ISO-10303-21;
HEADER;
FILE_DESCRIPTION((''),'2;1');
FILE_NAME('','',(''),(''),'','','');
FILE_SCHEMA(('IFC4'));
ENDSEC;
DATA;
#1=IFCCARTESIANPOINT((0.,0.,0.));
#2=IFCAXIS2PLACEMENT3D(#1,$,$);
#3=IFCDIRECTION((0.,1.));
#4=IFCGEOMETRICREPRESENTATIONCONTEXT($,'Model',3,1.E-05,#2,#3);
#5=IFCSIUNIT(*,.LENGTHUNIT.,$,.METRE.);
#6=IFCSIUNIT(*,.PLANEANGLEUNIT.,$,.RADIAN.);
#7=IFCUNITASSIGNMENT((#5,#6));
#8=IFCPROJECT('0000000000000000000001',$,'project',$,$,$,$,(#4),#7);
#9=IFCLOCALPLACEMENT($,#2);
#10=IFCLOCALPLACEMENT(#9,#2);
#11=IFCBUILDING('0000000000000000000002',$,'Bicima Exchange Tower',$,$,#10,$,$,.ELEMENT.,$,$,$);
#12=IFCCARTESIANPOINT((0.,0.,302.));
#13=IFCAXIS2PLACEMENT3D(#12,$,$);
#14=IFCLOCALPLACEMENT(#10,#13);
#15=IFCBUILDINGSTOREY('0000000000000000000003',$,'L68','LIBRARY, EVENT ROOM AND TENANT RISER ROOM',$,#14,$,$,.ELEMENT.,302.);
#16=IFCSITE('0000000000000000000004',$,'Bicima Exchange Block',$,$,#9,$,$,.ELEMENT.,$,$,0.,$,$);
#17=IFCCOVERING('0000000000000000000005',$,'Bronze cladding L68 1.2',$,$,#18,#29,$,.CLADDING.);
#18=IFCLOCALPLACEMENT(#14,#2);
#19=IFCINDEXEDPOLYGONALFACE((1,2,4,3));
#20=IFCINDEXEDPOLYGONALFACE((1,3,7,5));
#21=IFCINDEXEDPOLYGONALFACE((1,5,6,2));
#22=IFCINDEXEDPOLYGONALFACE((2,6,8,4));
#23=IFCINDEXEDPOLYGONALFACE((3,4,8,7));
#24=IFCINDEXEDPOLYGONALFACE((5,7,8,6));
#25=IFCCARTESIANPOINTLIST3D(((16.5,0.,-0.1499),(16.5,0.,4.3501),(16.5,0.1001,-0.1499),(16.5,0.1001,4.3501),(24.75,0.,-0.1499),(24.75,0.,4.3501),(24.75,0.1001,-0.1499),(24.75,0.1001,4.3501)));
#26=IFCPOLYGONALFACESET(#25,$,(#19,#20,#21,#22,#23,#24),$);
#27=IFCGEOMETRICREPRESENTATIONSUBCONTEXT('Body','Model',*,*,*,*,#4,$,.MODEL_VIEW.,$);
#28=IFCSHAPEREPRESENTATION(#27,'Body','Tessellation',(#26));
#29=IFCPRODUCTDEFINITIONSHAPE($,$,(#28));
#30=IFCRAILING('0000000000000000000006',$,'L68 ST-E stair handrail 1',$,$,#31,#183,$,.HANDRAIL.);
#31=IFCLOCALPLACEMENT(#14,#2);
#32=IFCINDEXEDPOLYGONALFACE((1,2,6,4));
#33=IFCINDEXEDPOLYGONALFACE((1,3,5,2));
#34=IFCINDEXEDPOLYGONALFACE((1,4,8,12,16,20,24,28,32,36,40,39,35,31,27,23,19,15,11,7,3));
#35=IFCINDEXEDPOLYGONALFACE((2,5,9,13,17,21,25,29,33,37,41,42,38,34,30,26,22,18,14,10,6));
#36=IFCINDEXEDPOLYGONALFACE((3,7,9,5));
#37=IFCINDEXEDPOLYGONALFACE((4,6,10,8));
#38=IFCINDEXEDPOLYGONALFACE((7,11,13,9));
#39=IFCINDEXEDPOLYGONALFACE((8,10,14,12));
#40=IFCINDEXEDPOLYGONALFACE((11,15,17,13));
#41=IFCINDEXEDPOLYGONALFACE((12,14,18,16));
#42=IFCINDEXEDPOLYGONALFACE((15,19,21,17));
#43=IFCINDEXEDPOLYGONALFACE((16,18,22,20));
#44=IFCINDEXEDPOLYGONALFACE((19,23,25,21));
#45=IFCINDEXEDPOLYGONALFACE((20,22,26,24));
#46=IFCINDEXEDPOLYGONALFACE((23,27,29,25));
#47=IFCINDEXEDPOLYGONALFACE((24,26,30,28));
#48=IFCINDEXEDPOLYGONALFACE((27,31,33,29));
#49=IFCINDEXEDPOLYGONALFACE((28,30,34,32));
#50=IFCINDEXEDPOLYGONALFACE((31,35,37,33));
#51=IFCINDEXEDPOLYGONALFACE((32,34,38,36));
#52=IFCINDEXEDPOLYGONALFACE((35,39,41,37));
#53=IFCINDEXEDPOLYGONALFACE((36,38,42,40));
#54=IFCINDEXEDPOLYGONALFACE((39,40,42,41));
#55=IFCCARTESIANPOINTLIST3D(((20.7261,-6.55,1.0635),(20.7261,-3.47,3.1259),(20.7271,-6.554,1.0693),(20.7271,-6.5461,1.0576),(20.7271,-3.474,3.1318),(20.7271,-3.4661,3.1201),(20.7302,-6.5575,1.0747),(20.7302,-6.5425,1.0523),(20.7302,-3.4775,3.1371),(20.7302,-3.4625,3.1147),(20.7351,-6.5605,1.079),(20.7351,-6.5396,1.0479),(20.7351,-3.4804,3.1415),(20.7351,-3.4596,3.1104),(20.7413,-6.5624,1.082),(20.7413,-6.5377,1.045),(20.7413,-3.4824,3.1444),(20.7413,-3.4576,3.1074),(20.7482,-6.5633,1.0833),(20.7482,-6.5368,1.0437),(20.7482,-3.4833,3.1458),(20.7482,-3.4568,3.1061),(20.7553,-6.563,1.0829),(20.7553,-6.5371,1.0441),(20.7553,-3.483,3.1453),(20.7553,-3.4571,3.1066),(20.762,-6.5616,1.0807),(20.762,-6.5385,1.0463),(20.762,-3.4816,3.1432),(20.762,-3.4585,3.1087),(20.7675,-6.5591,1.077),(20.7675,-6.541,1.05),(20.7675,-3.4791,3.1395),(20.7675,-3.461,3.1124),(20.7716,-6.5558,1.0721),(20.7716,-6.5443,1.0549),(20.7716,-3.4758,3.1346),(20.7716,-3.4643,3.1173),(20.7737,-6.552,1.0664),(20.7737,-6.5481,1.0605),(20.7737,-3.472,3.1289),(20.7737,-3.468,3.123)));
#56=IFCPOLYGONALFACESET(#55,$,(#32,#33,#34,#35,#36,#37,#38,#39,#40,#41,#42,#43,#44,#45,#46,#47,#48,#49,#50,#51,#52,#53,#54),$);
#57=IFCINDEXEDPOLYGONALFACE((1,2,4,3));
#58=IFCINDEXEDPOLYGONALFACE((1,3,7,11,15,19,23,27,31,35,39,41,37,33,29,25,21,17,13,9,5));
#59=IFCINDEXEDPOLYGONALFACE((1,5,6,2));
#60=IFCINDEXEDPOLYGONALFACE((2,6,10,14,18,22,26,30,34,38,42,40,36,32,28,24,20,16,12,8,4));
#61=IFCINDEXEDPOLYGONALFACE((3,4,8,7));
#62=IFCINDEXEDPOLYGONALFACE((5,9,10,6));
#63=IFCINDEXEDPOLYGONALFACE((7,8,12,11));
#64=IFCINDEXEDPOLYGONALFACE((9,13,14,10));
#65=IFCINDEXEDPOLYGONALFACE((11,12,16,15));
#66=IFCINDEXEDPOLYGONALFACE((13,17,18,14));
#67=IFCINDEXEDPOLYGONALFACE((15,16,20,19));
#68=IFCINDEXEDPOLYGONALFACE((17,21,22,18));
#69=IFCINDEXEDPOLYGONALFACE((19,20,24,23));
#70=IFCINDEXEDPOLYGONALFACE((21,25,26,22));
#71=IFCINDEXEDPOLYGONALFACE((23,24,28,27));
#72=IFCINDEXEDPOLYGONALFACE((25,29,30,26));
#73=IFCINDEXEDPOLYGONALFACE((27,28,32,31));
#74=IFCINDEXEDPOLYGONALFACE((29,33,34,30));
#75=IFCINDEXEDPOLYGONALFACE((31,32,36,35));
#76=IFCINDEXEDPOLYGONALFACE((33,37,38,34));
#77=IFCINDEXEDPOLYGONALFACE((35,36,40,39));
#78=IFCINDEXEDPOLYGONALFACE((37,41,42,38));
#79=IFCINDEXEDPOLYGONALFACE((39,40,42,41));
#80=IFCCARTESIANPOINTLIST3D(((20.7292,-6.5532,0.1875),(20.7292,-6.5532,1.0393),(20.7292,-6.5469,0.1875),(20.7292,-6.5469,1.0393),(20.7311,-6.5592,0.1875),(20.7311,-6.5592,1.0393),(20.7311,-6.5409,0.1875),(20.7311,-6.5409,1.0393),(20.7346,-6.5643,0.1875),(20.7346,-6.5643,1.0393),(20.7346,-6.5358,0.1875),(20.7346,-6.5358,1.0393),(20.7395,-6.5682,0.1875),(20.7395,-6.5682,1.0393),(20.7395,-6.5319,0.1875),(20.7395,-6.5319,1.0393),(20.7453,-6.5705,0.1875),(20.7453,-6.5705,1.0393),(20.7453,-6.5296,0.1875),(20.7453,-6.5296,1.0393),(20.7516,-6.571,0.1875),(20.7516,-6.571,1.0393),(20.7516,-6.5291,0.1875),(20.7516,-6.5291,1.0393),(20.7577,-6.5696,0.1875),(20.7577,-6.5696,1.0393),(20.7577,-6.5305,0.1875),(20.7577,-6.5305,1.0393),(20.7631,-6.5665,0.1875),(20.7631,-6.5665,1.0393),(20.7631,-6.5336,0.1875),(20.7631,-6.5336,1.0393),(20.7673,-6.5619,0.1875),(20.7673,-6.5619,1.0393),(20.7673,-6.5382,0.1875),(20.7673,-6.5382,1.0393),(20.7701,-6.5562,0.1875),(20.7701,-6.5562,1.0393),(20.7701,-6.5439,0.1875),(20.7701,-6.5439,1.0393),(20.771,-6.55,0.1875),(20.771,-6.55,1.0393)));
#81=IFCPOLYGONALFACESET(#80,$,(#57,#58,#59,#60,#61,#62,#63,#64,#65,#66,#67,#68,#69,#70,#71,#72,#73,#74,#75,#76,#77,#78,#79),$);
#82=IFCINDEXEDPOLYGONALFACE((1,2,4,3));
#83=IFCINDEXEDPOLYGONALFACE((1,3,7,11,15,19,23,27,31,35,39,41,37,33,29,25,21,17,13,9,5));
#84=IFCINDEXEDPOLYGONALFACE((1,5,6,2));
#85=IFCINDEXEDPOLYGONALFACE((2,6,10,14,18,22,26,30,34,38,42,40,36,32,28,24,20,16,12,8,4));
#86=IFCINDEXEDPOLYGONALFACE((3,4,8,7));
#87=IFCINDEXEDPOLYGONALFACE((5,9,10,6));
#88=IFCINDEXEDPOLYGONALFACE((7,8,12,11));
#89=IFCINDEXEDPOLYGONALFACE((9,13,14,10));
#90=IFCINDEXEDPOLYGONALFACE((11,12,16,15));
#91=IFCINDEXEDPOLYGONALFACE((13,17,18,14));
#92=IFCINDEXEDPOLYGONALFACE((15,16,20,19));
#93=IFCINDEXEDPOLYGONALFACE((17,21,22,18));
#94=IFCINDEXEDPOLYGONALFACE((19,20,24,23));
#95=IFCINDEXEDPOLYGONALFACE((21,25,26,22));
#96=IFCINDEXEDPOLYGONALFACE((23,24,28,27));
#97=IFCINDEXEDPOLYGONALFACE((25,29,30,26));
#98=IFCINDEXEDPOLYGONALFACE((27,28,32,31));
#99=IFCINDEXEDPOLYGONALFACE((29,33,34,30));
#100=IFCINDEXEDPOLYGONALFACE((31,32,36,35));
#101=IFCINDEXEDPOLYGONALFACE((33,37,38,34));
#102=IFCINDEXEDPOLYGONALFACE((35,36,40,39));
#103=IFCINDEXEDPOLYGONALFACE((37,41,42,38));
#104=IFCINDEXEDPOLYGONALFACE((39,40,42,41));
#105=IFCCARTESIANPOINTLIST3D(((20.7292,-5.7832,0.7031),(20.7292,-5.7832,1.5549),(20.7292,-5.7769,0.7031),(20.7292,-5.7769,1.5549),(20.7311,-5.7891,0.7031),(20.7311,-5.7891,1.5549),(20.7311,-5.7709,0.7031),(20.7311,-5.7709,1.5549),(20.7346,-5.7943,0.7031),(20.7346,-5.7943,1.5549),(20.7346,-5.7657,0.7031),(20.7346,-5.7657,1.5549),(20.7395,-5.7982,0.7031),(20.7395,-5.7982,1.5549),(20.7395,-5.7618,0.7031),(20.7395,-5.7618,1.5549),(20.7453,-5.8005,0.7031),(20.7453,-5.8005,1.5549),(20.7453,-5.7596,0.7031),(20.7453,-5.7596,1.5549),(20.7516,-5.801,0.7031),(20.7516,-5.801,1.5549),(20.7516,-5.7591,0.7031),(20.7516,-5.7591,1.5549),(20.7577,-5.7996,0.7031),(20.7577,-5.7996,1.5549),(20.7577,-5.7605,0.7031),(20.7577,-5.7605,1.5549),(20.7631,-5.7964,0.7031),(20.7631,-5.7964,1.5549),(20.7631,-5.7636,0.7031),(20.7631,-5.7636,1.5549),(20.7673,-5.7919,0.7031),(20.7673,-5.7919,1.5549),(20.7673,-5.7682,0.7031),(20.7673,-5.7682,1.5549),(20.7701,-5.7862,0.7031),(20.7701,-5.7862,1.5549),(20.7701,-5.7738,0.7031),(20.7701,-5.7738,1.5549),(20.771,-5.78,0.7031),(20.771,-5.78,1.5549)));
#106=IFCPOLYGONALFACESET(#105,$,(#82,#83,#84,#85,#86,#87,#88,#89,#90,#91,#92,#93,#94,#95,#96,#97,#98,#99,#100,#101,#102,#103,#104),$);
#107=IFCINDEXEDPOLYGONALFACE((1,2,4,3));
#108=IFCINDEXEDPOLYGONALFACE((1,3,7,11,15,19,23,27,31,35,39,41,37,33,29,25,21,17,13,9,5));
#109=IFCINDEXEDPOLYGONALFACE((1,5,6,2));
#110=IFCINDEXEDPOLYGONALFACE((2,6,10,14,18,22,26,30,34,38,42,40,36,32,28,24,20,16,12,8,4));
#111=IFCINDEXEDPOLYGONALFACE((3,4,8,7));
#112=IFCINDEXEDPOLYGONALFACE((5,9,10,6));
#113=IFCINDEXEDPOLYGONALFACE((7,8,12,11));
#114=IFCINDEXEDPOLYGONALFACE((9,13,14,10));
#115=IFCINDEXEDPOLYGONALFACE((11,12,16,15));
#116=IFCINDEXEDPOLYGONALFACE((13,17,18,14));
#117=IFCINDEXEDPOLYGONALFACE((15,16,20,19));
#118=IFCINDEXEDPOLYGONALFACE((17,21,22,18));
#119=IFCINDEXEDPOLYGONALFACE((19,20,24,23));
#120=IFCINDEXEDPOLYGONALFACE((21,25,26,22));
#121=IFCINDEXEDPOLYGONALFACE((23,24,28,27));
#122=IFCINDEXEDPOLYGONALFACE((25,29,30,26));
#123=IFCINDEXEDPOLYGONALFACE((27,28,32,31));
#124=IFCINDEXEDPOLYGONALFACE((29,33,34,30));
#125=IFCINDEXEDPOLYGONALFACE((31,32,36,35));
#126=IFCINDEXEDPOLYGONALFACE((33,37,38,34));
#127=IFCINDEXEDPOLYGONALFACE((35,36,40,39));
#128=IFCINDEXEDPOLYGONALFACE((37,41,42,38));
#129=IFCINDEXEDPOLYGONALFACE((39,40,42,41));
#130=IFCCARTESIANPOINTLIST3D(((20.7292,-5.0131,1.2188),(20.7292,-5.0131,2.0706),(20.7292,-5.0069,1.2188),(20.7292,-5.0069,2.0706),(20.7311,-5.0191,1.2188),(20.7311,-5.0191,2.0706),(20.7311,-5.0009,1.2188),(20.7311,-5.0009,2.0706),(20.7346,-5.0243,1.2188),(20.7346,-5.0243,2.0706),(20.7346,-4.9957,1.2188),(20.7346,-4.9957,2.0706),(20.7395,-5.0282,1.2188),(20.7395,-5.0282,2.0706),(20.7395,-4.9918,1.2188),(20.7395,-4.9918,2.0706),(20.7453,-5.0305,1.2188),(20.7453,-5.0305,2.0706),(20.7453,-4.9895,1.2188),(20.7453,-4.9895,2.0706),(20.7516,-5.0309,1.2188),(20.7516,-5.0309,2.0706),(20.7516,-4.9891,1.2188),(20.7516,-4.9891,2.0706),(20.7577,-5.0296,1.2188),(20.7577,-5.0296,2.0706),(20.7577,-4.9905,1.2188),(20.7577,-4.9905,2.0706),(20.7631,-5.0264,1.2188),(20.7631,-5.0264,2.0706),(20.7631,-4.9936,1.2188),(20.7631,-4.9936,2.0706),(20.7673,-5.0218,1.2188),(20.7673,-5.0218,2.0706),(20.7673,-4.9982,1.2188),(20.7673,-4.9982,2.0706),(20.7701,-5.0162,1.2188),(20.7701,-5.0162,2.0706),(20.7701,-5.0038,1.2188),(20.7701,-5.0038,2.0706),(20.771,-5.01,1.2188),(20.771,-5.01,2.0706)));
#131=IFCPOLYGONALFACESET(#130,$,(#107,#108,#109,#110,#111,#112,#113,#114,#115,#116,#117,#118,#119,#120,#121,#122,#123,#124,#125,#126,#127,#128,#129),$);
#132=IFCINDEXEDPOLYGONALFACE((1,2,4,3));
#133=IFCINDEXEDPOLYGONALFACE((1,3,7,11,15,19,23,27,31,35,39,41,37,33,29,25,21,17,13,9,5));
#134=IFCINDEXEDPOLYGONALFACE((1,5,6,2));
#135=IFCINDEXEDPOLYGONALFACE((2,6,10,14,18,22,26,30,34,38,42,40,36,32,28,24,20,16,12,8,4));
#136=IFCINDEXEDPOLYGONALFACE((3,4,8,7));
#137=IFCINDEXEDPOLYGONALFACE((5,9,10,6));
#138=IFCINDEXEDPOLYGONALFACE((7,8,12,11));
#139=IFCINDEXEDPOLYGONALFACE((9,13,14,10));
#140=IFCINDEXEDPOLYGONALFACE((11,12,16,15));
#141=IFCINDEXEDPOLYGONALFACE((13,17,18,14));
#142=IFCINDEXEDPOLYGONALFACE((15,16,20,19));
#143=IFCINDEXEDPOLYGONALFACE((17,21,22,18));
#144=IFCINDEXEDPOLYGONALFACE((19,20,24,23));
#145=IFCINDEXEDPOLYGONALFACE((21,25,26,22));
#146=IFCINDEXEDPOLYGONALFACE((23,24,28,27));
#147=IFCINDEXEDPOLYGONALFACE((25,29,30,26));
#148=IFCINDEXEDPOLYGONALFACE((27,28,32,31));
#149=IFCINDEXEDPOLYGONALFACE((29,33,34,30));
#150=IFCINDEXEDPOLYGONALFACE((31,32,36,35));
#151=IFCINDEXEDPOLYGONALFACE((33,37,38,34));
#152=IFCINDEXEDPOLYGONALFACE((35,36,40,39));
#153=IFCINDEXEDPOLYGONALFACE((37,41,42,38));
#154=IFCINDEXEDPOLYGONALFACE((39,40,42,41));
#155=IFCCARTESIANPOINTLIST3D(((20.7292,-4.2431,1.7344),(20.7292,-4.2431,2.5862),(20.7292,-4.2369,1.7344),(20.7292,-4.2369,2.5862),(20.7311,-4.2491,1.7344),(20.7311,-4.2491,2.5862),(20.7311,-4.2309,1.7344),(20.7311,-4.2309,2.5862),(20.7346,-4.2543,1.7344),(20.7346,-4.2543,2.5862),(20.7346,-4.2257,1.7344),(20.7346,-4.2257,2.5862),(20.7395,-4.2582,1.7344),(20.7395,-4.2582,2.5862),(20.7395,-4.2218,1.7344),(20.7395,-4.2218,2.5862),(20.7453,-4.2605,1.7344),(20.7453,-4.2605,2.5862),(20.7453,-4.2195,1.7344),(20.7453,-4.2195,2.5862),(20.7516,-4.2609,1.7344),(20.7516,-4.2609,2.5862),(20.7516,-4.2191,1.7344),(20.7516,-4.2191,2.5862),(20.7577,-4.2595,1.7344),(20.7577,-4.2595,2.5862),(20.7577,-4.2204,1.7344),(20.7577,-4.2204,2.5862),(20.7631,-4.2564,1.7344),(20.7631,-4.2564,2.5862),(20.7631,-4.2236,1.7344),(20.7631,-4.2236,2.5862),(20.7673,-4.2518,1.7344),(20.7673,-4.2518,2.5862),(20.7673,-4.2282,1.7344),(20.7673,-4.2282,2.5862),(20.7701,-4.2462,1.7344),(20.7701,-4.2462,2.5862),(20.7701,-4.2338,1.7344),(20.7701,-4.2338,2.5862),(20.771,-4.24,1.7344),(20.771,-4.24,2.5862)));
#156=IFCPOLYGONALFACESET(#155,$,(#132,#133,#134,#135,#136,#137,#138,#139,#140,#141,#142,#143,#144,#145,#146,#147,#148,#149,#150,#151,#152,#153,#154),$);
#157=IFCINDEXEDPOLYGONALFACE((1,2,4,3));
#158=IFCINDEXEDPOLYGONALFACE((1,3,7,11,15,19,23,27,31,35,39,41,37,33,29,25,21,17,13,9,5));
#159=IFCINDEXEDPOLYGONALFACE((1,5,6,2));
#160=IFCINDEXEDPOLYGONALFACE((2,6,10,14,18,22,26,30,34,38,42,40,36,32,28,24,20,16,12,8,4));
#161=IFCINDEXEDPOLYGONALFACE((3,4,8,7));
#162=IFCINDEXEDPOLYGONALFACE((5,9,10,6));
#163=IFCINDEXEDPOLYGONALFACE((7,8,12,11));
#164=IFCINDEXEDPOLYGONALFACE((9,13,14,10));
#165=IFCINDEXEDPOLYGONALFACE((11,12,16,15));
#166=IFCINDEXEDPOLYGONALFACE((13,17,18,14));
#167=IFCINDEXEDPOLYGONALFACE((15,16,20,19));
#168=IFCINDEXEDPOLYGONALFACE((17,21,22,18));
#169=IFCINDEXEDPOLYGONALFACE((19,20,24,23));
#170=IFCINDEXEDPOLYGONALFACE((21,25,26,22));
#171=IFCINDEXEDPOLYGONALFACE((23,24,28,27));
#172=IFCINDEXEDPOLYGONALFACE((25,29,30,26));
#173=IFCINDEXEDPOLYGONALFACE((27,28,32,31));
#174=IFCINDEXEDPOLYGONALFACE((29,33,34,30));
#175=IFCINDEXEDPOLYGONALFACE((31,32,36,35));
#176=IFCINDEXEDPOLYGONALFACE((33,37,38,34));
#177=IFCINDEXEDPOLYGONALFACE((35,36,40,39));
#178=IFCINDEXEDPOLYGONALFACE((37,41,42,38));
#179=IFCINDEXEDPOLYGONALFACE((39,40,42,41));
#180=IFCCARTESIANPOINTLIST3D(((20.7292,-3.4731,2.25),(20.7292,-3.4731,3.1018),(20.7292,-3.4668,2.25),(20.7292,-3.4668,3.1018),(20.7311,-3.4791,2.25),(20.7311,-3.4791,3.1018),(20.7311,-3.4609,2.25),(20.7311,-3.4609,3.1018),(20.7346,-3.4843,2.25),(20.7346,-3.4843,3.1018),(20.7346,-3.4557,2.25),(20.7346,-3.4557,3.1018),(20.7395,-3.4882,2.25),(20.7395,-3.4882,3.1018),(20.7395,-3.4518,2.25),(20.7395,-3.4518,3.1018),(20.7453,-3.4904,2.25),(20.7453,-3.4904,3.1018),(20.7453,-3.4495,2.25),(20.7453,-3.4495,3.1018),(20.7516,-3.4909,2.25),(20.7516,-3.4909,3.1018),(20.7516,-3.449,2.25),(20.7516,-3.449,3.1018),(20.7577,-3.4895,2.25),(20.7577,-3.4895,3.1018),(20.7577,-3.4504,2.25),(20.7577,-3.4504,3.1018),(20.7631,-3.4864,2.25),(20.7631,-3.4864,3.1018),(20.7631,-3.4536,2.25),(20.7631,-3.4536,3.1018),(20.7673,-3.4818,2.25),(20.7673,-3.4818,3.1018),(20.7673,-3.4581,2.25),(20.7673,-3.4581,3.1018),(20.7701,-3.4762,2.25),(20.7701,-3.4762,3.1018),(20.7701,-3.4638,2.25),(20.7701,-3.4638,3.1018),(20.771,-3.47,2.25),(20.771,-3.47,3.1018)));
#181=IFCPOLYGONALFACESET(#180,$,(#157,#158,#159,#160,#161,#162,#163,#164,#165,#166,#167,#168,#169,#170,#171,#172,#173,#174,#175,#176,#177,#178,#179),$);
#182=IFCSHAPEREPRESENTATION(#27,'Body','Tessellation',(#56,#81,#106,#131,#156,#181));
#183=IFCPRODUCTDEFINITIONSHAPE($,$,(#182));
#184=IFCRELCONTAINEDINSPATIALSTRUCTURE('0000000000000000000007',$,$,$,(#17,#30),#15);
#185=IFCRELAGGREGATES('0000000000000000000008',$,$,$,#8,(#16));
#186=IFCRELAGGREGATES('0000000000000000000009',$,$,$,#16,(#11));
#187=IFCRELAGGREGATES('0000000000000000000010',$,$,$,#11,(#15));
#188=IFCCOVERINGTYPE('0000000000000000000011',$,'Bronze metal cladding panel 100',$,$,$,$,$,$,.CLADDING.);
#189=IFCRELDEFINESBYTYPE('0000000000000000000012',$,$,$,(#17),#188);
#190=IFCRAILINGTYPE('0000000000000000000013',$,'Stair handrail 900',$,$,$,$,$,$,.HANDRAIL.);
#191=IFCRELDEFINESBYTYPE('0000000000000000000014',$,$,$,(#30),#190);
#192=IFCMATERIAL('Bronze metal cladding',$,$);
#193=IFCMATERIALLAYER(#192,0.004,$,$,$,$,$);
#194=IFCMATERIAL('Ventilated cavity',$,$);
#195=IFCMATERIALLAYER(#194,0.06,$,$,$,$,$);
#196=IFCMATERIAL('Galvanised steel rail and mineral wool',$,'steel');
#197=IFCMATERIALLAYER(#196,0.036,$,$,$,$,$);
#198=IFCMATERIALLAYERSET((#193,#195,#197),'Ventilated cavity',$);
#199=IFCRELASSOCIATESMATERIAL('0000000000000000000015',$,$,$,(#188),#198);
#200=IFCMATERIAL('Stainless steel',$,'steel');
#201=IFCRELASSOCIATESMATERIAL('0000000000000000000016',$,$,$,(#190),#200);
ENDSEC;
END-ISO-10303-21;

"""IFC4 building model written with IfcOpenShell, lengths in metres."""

from ifc_helpers import new_model, si_unit, direction, frame, origin, origin_2d, place, context, subcontext, project, spatial, rectangle, circle, extrude, material, layer, layer_set, type_object, element, save


model = new_model("IFC4")

# Units and contexts
model_context = context("Model", 3, precision=1e-05, world=origin(), true_north=direction((0.0, 1.0)))
body_context = subcontext(model_context, "Body", "Model", "MODEL_VIEW")
ifc_project = project(units=[si_unit("LENGTHUNIT", "METRE"), si_unit("PLANEANGLEUNIT", "RADIAN")], contexts=[model_context])

# Site, building, storey
site_placement = place(None, origin())
site = spatial("IfcSite", under=ifc_project, at=site_placement, Name="Bicima Exchange Block", CompositionType="ELEMENT", RefElevation=0.0)
building_placement = place(site_placement, origin())
building = spatial("IfcBuilding", under=site, at=building_placement, Name="Bicima Exchange Tower", CompositionType="ELEMENT")
storey_placement = place(building_placement, frame((0.0, 0.0, 302.0)))
storey = spatial("IfcBuildingStorey", under=building, at=storey_placement, Name="L68", Description="LIBRARY, EVENT ROOM AND TENANT RISER ROOM", CompositionType="ELEMENT", Elevation=302.0)

# Covering
ifc_material_1 = material(Name="Bronze metal cladding")
ifc_layer_1 = layer(ifc_material_1, 0.004)
ifc_material_2 = material(Name="Ventilated cavity")
ifc_layer_2 = layer(ifc_material_2, 0.06)
ifc_material_3 = material(Name="Galvanised steel rail and mineral wool", Category="steel")
ifc_layer_3 = layer(ifc_material_3, 0.036)
ifc_layer_set_1 = layer_set([ifc_layer_1, ifc_layer_2, ifc_layer_3], Name="Ventilated cavity")
covering_type = type_object("IfcCoveringType", Name="Bronze metal cladding panel 100", PredefinedType="CLADDING", material=ifc_layer_set_1)
for number, where, z_axis, x_axis, name in (
    (1, (20.625, 0.05, -0.1499), (0.0, 0.0, 1.0), (-1.0, 0.0, 0.0), "Bronze cladding L68 1.2"),
):
    element("IfcCovering", number, at=place(storey_placement, frame(where, z_axis=z_axis, x_axis=x_axis)), inside=storey, type_object=covering_type, Name=name, PredefinedType="CLADDING", context=body_context, shape_type="SweptSolid", body=[
        extrude(rectangle(XDim=8.25, YDim=0.1001, at=origin_2d()), origin(), (0.0, 0.0, 1.0), 4.5),
    ])

# Railing
ifc_material_4 = material(Name="Stainless steel", Category="steel")
railing_type_1 = type_object("IfcRailingType", Name="Stair handrail 900", PredefinedType="HANDRAIL", material=ifc_material_4)
railing_1_placement = place(storey_placement, frame((20.75, -6.55, 0.1875)))
element("IfcRailing", 2, at=railing_1_placement, inside=storey, type_object=railing_type_1, Name="L68 ST-E stair handrail 1", PredefinedType="HANDRAIL", context=body_context, shape_type="SweptSolid", body=[
    extrude(circle(Radius=0.0239, at=origin_2d()), frame((0.0, 0.0, 0.876), z_axis=(0.0, 0.830914, 0.556401), x_axis=(-1.0, 0.0, 0.0)), (0.0, 0.0, 1.0), 3.7068),
    extrude(circle(Radius=0.021, at=origin_2d()), origin(), (0.0, 0.0, 1.0), 0.8518),
    extrude(circle(Radius=0.021, at=origin_2d()), frame((0.0, 0.77, 0.5156)), (0.0, 0.0, 1.0), 0.8518),
    extrude(circle(Radius=0.021, at=origin_2d()), frame((0.0, 1.54, 1.0312)), (0.0, 0.0, 1.0), 0.8518),
    extrude(circle(Radius=0.021, at=origin_2d()), frame((0.0, 2.3101, 1.5469)), (0.0, 0.0, 1.0), 0.8518),
    extrude(circle(Radius=0.021, at=origin_2d()), frame((0.0, 3.0801, 2.0625)), (0.0, 0.0, 1.0), 0.8518),
])

save(model, "model.ifc")
